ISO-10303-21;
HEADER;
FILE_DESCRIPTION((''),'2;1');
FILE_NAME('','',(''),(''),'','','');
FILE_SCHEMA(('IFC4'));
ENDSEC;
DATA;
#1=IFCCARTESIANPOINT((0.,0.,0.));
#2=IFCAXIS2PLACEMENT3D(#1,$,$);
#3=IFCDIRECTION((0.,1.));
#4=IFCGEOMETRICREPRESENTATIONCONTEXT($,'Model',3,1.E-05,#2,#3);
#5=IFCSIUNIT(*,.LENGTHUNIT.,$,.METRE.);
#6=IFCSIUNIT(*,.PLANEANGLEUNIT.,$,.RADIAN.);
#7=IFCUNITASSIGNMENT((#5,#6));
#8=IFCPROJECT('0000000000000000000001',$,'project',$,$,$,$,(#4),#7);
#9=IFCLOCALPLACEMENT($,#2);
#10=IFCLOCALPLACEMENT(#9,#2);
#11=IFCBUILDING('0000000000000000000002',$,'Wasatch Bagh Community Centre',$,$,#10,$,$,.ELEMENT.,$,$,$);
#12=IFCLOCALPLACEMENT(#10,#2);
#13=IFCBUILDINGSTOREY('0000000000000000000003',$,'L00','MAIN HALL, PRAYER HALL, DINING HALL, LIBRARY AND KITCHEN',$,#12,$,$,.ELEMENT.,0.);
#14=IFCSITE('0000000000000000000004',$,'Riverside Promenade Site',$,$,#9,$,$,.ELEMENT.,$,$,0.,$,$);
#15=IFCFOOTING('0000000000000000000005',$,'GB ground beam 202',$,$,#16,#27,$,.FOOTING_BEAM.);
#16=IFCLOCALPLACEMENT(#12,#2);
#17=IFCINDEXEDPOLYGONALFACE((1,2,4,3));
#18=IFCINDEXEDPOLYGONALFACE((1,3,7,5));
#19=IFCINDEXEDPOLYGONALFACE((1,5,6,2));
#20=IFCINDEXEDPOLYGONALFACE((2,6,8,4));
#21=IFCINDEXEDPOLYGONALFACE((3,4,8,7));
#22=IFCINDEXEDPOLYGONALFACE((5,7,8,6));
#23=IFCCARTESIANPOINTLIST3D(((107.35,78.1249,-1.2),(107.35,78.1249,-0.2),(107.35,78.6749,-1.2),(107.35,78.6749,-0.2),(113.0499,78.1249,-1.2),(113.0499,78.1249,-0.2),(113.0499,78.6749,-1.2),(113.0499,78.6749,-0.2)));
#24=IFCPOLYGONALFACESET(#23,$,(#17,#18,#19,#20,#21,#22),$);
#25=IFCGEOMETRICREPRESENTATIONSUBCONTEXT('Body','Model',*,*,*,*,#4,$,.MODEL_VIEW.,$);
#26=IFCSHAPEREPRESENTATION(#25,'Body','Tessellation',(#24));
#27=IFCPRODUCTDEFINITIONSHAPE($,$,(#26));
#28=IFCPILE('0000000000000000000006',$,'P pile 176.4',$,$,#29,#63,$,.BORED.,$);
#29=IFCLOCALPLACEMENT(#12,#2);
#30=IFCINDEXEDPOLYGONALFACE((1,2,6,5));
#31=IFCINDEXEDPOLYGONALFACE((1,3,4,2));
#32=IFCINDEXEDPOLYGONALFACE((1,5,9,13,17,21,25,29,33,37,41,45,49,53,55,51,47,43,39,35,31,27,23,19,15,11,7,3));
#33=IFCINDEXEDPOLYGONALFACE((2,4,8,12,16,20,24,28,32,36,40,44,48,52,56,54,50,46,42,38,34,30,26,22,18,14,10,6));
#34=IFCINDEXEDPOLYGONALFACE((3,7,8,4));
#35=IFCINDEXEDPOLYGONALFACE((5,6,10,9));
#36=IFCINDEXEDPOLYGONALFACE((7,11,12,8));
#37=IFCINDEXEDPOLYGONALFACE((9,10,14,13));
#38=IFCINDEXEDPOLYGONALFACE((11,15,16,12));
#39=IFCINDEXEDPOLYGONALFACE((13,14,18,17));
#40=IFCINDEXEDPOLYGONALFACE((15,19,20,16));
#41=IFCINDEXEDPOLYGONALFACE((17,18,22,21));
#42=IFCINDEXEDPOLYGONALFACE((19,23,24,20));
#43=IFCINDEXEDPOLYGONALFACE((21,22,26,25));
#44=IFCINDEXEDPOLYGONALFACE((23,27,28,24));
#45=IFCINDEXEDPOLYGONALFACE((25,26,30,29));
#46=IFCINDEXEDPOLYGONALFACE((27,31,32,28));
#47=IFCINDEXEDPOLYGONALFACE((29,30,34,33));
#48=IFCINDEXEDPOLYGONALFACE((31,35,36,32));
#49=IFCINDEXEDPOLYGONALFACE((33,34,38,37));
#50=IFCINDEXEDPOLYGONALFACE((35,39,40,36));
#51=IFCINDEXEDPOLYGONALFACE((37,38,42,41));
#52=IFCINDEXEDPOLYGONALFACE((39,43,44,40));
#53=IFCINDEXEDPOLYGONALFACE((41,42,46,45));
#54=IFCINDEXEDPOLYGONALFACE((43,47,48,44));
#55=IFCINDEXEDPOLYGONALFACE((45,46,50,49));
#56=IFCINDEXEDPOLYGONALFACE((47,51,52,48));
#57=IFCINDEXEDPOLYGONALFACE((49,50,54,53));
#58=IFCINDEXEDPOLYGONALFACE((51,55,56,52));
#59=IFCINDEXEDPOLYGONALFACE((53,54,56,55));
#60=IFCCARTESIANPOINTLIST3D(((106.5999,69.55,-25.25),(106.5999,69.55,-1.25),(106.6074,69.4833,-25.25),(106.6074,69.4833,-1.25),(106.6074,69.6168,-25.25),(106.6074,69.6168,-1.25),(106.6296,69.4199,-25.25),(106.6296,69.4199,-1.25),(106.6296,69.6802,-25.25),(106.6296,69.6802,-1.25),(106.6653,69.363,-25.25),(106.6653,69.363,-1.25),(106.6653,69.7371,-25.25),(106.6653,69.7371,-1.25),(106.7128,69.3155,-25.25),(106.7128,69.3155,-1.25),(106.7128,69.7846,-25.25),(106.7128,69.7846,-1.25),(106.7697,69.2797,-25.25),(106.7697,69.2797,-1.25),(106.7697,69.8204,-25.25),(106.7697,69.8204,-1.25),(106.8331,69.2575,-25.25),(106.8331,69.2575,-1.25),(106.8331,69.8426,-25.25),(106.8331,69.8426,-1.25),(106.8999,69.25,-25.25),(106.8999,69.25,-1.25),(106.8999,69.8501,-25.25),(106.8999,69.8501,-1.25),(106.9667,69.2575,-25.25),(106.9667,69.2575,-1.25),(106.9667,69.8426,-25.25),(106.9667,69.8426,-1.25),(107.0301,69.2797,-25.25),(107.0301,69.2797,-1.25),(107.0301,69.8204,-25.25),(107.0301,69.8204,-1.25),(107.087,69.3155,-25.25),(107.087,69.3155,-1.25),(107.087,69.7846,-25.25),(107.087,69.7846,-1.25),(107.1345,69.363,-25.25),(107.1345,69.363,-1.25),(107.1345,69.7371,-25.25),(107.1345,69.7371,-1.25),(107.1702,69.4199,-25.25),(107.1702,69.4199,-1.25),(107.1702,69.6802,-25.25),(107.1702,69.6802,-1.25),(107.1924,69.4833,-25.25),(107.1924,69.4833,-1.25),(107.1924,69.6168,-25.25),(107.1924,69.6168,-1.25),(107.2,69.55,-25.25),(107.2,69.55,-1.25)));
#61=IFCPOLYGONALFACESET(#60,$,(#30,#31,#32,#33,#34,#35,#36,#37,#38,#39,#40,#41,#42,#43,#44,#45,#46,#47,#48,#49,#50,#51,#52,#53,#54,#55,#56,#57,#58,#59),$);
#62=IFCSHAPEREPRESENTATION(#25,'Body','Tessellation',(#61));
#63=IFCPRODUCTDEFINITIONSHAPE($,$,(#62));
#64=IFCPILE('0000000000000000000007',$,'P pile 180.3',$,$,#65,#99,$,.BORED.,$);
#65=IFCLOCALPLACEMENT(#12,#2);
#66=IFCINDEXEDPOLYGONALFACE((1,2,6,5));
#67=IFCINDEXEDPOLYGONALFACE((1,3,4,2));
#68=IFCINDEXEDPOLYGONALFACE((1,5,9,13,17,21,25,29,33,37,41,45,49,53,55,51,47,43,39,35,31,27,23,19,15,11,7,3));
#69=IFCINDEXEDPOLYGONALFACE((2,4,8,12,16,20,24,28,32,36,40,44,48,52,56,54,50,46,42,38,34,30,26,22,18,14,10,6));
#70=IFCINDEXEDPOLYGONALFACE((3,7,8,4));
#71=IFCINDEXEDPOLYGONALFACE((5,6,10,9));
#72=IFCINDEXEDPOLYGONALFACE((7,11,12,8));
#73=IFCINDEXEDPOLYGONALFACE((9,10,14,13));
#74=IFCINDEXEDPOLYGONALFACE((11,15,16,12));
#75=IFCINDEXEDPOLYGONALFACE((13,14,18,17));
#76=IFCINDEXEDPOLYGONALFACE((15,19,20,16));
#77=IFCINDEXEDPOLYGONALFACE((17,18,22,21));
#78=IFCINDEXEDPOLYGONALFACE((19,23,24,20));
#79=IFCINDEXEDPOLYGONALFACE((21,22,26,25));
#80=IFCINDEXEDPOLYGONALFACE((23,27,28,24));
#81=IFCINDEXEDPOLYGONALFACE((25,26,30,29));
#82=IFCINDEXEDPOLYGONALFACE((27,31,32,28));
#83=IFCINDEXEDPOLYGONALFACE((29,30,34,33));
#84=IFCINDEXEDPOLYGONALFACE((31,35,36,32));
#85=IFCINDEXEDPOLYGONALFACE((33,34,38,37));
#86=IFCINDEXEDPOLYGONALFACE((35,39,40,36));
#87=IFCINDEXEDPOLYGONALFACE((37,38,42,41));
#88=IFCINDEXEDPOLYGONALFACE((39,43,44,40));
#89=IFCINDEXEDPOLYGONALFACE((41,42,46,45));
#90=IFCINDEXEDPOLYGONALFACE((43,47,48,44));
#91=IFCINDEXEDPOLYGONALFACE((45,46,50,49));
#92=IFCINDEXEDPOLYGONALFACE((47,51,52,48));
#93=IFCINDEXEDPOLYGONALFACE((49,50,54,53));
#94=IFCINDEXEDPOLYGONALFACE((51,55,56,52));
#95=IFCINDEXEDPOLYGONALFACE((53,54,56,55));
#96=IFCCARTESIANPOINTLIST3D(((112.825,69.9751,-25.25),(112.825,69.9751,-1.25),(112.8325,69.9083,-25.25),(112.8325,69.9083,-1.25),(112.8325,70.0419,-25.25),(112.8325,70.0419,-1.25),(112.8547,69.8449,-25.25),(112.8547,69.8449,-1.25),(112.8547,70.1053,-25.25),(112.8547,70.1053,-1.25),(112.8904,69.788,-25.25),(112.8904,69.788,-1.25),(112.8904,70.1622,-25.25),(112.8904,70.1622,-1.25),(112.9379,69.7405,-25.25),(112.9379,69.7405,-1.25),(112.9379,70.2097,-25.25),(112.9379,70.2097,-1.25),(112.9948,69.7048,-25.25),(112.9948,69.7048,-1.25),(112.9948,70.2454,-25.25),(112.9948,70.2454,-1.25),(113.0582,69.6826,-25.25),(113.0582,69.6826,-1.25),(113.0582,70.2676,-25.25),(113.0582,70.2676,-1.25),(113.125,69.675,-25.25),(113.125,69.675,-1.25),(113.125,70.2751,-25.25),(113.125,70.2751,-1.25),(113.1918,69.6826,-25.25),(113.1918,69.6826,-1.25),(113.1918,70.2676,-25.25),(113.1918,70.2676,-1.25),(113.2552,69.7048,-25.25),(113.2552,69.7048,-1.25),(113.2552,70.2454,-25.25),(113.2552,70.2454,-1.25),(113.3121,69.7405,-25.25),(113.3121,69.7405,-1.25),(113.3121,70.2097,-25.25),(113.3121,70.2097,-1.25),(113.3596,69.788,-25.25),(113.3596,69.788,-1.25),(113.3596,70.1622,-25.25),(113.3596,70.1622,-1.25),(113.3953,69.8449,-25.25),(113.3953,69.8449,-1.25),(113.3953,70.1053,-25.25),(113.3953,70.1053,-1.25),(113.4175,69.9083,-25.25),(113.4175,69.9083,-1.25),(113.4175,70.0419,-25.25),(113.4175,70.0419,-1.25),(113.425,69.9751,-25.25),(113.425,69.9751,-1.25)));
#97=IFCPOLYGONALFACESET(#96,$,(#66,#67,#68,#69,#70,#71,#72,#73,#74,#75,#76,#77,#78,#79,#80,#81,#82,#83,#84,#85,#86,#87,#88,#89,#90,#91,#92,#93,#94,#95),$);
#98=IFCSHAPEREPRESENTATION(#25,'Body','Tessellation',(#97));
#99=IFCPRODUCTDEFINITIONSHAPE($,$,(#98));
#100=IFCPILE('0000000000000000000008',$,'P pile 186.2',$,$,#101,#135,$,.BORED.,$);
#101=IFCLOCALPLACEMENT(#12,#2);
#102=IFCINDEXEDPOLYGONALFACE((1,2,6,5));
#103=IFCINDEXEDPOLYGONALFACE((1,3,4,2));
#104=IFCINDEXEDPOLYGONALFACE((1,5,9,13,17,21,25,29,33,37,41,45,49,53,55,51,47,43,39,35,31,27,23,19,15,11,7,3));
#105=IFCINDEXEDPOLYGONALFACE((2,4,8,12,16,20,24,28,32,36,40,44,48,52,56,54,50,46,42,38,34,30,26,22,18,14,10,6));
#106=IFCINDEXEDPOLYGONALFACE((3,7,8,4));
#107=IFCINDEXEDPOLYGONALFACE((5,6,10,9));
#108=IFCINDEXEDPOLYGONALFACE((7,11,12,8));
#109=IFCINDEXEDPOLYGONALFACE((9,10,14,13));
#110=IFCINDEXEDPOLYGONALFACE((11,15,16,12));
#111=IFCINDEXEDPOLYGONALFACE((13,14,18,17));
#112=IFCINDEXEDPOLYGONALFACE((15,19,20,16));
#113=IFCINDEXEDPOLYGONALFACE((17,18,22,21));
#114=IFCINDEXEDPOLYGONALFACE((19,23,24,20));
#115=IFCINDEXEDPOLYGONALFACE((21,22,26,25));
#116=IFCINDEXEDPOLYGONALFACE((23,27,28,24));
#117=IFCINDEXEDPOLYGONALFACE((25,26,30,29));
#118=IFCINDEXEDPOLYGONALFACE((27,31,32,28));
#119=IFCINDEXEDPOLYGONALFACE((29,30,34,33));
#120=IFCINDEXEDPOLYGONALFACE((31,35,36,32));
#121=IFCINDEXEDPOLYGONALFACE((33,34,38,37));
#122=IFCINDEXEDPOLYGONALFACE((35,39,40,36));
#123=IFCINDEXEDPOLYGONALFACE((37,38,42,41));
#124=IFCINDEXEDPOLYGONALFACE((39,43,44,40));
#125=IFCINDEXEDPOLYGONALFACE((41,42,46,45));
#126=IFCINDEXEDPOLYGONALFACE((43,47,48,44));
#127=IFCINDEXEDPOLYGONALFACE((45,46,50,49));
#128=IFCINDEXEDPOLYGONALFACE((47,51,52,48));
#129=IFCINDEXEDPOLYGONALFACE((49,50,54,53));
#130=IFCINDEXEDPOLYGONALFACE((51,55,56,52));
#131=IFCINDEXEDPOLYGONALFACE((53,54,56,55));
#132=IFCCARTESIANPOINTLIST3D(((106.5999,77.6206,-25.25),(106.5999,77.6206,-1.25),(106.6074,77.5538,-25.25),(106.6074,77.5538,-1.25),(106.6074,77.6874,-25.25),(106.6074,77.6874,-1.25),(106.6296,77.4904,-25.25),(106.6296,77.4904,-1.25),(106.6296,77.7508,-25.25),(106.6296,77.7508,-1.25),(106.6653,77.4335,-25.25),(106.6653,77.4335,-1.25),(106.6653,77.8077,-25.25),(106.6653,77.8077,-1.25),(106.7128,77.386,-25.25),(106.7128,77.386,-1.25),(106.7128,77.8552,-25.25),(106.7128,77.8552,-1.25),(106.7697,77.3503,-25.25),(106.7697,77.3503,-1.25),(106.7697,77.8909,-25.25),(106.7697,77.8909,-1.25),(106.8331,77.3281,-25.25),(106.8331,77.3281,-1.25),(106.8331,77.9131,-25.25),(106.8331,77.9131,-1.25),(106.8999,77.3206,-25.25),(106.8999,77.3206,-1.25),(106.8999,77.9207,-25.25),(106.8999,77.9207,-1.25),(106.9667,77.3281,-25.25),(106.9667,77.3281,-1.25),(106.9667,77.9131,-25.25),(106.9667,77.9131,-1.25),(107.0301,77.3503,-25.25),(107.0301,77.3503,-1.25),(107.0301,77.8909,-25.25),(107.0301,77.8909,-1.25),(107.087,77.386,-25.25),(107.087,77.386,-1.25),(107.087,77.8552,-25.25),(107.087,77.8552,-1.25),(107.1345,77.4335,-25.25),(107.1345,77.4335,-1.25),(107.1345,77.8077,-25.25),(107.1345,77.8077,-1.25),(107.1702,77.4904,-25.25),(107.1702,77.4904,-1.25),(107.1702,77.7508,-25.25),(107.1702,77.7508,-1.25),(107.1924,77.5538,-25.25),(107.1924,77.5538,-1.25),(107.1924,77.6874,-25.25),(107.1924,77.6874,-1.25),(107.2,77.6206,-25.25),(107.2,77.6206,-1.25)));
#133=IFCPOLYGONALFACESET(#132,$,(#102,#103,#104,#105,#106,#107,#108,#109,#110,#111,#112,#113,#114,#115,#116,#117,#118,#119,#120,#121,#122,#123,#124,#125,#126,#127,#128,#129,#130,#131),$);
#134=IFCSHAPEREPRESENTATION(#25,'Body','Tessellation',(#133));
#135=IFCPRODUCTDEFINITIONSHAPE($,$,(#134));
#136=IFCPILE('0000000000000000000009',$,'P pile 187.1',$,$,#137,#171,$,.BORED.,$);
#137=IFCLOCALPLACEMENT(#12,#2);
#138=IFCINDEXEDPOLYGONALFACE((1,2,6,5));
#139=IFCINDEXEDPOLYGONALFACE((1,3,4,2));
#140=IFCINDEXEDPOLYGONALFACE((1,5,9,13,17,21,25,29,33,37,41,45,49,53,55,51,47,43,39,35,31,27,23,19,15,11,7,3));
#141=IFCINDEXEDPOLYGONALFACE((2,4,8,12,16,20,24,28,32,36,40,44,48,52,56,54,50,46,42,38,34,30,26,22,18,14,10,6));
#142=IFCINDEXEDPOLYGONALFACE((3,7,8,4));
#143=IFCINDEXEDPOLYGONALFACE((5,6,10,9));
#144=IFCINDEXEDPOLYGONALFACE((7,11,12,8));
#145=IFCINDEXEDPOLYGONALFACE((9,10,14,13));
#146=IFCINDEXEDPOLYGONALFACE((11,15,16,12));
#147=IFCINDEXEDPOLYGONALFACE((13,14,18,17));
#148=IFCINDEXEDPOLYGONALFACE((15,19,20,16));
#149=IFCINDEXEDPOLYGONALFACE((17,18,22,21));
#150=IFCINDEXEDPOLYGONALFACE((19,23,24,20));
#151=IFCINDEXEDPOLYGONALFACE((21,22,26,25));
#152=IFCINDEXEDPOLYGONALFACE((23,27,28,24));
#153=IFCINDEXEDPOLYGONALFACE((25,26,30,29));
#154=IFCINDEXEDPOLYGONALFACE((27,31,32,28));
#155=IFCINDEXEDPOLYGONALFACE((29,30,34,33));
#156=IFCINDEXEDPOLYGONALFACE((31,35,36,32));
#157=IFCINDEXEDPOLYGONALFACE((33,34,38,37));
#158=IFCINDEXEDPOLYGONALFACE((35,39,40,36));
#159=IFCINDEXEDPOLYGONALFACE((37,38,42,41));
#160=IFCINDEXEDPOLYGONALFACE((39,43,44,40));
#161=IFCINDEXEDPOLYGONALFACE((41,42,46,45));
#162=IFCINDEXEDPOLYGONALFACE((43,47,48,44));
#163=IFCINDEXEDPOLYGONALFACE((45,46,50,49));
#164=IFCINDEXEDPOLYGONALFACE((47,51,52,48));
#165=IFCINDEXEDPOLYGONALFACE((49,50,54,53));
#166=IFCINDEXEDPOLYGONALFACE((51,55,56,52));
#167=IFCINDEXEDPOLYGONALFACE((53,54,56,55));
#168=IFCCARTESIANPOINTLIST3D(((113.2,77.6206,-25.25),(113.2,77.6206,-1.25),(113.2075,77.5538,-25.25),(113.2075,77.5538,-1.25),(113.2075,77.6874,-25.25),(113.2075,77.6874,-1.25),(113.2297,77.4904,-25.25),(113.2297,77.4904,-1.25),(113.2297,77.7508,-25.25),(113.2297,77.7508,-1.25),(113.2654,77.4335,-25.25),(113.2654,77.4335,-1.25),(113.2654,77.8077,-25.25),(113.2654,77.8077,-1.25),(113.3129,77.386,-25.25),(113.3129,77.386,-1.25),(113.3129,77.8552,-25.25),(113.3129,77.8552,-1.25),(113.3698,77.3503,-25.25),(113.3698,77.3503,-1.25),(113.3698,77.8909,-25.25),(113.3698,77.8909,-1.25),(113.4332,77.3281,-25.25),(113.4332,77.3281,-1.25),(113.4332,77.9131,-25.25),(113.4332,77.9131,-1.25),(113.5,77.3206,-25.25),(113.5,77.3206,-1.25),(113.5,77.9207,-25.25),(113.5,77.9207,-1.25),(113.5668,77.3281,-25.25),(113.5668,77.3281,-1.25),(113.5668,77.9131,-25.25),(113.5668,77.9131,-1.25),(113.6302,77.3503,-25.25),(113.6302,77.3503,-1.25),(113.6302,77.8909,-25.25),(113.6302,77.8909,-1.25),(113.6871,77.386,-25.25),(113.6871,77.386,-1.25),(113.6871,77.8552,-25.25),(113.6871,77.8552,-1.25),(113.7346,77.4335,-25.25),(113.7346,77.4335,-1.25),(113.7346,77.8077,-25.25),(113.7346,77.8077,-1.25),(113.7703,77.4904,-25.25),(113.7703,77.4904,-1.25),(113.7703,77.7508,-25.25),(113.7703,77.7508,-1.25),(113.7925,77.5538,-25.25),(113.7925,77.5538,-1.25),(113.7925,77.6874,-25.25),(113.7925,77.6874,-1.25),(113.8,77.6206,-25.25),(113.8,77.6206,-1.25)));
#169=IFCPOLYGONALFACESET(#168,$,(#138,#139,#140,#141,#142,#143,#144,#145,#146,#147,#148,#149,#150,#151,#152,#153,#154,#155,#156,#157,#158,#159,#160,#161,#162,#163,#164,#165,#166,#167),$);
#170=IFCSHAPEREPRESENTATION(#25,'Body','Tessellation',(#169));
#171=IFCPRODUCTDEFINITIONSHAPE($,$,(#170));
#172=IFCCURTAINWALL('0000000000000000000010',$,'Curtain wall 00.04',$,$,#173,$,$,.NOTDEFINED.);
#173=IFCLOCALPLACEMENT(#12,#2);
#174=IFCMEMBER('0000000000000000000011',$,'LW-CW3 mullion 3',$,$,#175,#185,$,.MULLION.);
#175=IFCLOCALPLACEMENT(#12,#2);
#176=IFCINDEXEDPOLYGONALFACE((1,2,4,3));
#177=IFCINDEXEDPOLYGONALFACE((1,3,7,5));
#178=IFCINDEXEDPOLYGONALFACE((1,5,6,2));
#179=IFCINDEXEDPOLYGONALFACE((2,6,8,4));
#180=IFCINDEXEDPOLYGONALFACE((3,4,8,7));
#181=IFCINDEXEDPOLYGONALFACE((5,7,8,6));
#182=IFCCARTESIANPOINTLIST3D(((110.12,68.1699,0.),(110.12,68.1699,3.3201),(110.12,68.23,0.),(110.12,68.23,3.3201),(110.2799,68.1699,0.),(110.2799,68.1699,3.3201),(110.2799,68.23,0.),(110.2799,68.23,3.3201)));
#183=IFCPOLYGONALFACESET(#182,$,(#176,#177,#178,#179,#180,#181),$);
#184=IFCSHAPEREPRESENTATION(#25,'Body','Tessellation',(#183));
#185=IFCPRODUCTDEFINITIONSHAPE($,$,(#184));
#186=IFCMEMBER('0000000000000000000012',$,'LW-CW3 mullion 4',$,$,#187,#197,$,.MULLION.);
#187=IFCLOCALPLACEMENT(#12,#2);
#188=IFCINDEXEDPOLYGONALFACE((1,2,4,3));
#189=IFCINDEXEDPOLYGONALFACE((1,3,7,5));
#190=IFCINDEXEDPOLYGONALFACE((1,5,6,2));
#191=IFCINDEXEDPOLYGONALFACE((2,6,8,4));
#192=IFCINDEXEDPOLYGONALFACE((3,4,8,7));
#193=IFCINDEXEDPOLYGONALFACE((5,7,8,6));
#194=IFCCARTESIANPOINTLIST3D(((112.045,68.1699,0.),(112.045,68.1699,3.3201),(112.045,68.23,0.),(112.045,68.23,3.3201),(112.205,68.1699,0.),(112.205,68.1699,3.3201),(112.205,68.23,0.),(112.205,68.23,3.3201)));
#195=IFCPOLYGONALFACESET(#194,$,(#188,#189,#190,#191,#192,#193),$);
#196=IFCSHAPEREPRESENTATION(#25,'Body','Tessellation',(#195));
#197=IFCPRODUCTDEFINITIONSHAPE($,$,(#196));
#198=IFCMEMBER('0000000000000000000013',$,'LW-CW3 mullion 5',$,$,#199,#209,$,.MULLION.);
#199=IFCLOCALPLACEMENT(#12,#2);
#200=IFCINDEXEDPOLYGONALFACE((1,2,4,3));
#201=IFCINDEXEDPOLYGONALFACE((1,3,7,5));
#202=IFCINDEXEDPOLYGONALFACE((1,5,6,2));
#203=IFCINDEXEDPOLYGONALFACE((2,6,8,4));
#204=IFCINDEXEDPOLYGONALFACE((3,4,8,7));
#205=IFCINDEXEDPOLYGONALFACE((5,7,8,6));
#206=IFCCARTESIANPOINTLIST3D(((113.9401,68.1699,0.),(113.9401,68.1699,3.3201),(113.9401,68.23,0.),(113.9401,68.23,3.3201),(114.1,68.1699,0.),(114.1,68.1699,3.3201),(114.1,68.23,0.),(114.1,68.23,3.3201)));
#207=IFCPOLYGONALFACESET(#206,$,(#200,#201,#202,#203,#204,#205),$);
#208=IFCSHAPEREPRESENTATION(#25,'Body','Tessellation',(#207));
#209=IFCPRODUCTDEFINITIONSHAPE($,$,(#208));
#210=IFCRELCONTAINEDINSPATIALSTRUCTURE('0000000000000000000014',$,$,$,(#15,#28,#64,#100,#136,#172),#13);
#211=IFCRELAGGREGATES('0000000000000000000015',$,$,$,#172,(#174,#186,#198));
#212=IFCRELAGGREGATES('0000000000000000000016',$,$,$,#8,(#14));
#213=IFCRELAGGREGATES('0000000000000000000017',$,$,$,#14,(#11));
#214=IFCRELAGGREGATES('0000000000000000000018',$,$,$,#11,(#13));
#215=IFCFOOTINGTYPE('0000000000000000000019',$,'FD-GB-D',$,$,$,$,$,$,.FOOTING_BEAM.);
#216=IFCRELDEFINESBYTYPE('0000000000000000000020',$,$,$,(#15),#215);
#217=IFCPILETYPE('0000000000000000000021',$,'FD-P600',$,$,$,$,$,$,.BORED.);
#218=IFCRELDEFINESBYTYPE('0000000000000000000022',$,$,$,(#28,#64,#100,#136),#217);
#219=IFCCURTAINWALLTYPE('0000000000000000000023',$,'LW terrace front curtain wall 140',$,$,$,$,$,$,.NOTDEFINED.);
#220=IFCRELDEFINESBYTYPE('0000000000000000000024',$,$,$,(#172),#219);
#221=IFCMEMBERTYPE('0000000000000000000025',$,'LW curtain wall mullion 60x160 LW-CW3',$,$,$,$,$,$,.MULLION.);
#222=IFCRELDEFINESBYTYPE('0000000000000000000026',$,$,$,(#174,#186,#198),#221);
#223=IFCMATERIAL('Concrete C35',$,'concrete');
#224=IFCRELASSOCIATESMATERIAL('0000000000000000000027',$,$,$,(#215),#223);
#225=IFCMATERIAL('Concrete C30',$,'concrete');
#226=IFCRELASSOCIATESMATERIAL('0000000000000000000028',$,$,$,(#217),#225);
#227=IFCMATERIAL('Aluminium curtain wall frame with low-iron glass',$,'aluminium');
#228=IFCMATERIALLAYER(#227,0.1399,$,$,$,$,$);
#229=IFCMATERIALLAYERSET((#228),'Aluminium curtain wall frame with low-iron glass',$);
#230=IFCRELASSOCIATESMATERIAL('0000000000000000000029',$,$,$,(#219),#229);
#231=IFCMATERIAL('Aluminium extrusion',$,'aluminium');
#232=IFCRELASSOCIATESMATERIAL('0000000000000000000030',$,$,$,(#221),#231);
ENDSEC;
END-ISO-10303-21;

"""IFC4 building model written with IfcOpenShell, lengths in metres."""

from ifc_helpers import new_model, si_unit, direction, frame, origin, origin_2d, place, context, subcontext, project, spatial, rectangle, circle, extrude, material, layer, layer_set, material_profile, profile_set, type_object, element, aggregate, save


model = new_model("IFC4")

# Units and contexts
model_context = context("Model", 3, precision=1e-05, world=origin(), true_north=direction((0.0, 1.0)))
body_context = subcontext(model_context, "Body", "Model", "MODEL_VIEW")
ifc_project = project(units=[si_unit("LENGTHUNIT", "METRE"), si_unit("PLANEANGLEUNIT", "RADIAN")], contexts=[model_context])

# Site, building, storey
site_placement = place(None, origin())
site = spatial("IfcSite", under=ifc_project, at=site_placement, Name="Riverside Promenade Site", CompositionType="ELEMENT", RefElevation=0.0)
building_placement = place(site_placement, origin())
building = spatial("IfcBuilding", under=site, at=building_placement, Name="Wasatch Bagh Community Centre", CompositionType="ELEMENT")
storey_placement = place(building_placement, origin())
storey = spatial("IfcBuildingStorey", under=building, at=storey_placement, Name="L00", Description="MAIN HALL, PRAYER HALL, DINING HALL, LIBRARY AND KITCHEN", CompositionType="ELEMENT", Elevation=0.0)

# Footing
ifc_material_1 = material(Name="Concrete C35", Category="concrete")
footing_type = type_object("IfcFootingType", Name="FD-GB-D", PredefinedType="FOOTING_BEAM", material=ifc_material_1)
footing_placement = place(storey_placement, frame((110.2, 78.3999, -1.2), z_axis=(0.0, 0.0, 1.0), x_axis=(1.0, 0.0, 0.0)))
element("IfcFooting", 1, at=footing_placement, inside=storey, type_object=footing_type, Name="GB ground beam 202", PredefinedType="FOOTING_BEAM", context=body_context, shape_type="SweptSolid", body=[
    extrude(rectangle(XDim=5.7, YDim=0.55, at=origin_2d()), origin(), (0.0, 0.0, 1.0), 1.0),
])

# Piles
ifc_material_2 = material(Name="Concrete C30", Category="concrete")
ifc_material_profile_1 = material_profile(ifc_material_2, circle(Radius=0.3, at=origin_2d()), Name="RC D600")
ifc_profile_set_1 = profile_set([ifc_material_profile_1], Name="Concrete C30")
pile_type = type_object("IfcPileType", Name="FD-P600", PredefinedType="BORED", material=ifc_profile_set_1)
for number, where, z_axis, x_axis, name in (
    (2, (106.8999, 69.55, -1.25), (0.0, 0.0, -1.0), (1.0, 0.0, 0.0), "P pile 176.4"),
    (3, (113.125, 69.9751, -1.25), (0.0, 0.0, -1.0), (1.0, 0.0, 0.0), "P pile 180.3"),
    (4, (106.8999, 77.6206, -1.25), (0.0, 0.0, -1.0), (1.0, 0.0, 0.0), "P pile 186.2"),
    (5, (113.5, 77.6206, -1.25), (0.0, 0.0, -1.0), (1.0, 0.0, 0.0), "P pile 187.1"),
):
    element("IfcPile", number, at=place(storey_placement, frame(where, z_axis=z_axis, x_axis=x_axis)), inside=storey, type_object=pile_type, Name=name, PredefinedType="BORED", context=body_context, shape_type="SweptSolid", body=[
        extrude(circle(Radius=0.3, at=origin_2d()), origin(), (0.0, 0.0, 1.0), 24.0),
    ])

# Curtain wall, members
ifc_material_3 = material(Name="Aluminium curtain wall frame with low-iron glass", Category="aluminium")
ifc_layer_1 = layer(ifc_material_3, 0.1399)
ifc_layer_set_1 = layer_set([ifc_layer_1], Name="Aluminium curtain wall frame with low-iron glass")
curtain_wall_type = type_object("IfcCurtainWallType", Name="LW terrace front curtain wall 140", PredefinedType="NOTDEFINED", material=ifc_layer_set_1)
curtain_wall_placement = place(storey_placement, origin())
curtain_wall = element("IfcCurtainWall", 6, at=curtain_wall_placement, inside=storey, type_object=curtain_wall_type, Name="Curtain wall 00.04", PredefinedType="NOTDEFINED")
ifc_material_4 = material(Name="Aluminium extrusion", Category="aluminium")
ifc_material_profile_2 = material_profile(ifc_material_4, rectangle(XDim=0.0601, YDim=0.1599, at=origin_2d()), Name="AL 60x160")
ifc_profile_set_2 = profile_set([ifc_material_profile_2], Name="Aluminium extrusion")
member_type_1 = type_object("IfcMemberType", Name="LW curtain wall mullion 60x160 LW-CW3", PredefinedType="MULLION", material=ifc_profile_set_2)
member_1_placement = place(storey_placement, frame((110.2, 68.2, 0.0), z_axis=(0.0, 0.0, 1.0), x_axis=(0.0, 1.0, 0.0)))
member_1 = element("IfcMember", 7, at=member_1_placement, type_object=member_type_1, Name="LW-CW3 mullion 3", PredefinedType="MULLION", context=body_context, shape_type="SweptSolid", body=[
    extrude(rectangle(XDim=0.0601, YDim=0.1599, at=origin_2d()), origin(), (0.0, 0.0, 1.0), 3.3201),
])
member_2_placement = place(storey_placement, frame((112.125, 68.2, 0.0), z_axis=(0.0, 0.0, 1.0), x_axis=(0.0, 1.0, 0.0)))
member_2 = element("IfcMember", 8, at=member_2_placement, type_object=member_type_1, Name="LW-CW3 mullion 4", PredefinedType="MULLION", context=body_context, shape_type="SweptSolid", body=[
    extrude(rectangle(XDim=0.0601, YDim=0.1599, at=origin_2d()), origin(), (0.0, 0.0, 1.0), 3.3201),
])
member_3_placement = place(storey_placement, frame((114.02, 68.2, 0.0), z_axis=(0.0, 0.0, 1.0), x_axis=(0.0, 1.0, 0.0)))
member_3 = element("IfcMember", 9, at=member_3_placement, type_object=member_type_1, Name="LW-CW3 mullion 5", PredefinedType="MULLION", context=body_context, shape_type="SweptSolid", body=[
    extrude(rectangle(XDim=0.0601, YDim=0.1599, at=origin_2d()), origin(), (0.0, 0.0, 1.0), 3.3201),
])
aggregate(curtain_wall, [member_1, member_2, member_3])

save(model, "model.ifc")
